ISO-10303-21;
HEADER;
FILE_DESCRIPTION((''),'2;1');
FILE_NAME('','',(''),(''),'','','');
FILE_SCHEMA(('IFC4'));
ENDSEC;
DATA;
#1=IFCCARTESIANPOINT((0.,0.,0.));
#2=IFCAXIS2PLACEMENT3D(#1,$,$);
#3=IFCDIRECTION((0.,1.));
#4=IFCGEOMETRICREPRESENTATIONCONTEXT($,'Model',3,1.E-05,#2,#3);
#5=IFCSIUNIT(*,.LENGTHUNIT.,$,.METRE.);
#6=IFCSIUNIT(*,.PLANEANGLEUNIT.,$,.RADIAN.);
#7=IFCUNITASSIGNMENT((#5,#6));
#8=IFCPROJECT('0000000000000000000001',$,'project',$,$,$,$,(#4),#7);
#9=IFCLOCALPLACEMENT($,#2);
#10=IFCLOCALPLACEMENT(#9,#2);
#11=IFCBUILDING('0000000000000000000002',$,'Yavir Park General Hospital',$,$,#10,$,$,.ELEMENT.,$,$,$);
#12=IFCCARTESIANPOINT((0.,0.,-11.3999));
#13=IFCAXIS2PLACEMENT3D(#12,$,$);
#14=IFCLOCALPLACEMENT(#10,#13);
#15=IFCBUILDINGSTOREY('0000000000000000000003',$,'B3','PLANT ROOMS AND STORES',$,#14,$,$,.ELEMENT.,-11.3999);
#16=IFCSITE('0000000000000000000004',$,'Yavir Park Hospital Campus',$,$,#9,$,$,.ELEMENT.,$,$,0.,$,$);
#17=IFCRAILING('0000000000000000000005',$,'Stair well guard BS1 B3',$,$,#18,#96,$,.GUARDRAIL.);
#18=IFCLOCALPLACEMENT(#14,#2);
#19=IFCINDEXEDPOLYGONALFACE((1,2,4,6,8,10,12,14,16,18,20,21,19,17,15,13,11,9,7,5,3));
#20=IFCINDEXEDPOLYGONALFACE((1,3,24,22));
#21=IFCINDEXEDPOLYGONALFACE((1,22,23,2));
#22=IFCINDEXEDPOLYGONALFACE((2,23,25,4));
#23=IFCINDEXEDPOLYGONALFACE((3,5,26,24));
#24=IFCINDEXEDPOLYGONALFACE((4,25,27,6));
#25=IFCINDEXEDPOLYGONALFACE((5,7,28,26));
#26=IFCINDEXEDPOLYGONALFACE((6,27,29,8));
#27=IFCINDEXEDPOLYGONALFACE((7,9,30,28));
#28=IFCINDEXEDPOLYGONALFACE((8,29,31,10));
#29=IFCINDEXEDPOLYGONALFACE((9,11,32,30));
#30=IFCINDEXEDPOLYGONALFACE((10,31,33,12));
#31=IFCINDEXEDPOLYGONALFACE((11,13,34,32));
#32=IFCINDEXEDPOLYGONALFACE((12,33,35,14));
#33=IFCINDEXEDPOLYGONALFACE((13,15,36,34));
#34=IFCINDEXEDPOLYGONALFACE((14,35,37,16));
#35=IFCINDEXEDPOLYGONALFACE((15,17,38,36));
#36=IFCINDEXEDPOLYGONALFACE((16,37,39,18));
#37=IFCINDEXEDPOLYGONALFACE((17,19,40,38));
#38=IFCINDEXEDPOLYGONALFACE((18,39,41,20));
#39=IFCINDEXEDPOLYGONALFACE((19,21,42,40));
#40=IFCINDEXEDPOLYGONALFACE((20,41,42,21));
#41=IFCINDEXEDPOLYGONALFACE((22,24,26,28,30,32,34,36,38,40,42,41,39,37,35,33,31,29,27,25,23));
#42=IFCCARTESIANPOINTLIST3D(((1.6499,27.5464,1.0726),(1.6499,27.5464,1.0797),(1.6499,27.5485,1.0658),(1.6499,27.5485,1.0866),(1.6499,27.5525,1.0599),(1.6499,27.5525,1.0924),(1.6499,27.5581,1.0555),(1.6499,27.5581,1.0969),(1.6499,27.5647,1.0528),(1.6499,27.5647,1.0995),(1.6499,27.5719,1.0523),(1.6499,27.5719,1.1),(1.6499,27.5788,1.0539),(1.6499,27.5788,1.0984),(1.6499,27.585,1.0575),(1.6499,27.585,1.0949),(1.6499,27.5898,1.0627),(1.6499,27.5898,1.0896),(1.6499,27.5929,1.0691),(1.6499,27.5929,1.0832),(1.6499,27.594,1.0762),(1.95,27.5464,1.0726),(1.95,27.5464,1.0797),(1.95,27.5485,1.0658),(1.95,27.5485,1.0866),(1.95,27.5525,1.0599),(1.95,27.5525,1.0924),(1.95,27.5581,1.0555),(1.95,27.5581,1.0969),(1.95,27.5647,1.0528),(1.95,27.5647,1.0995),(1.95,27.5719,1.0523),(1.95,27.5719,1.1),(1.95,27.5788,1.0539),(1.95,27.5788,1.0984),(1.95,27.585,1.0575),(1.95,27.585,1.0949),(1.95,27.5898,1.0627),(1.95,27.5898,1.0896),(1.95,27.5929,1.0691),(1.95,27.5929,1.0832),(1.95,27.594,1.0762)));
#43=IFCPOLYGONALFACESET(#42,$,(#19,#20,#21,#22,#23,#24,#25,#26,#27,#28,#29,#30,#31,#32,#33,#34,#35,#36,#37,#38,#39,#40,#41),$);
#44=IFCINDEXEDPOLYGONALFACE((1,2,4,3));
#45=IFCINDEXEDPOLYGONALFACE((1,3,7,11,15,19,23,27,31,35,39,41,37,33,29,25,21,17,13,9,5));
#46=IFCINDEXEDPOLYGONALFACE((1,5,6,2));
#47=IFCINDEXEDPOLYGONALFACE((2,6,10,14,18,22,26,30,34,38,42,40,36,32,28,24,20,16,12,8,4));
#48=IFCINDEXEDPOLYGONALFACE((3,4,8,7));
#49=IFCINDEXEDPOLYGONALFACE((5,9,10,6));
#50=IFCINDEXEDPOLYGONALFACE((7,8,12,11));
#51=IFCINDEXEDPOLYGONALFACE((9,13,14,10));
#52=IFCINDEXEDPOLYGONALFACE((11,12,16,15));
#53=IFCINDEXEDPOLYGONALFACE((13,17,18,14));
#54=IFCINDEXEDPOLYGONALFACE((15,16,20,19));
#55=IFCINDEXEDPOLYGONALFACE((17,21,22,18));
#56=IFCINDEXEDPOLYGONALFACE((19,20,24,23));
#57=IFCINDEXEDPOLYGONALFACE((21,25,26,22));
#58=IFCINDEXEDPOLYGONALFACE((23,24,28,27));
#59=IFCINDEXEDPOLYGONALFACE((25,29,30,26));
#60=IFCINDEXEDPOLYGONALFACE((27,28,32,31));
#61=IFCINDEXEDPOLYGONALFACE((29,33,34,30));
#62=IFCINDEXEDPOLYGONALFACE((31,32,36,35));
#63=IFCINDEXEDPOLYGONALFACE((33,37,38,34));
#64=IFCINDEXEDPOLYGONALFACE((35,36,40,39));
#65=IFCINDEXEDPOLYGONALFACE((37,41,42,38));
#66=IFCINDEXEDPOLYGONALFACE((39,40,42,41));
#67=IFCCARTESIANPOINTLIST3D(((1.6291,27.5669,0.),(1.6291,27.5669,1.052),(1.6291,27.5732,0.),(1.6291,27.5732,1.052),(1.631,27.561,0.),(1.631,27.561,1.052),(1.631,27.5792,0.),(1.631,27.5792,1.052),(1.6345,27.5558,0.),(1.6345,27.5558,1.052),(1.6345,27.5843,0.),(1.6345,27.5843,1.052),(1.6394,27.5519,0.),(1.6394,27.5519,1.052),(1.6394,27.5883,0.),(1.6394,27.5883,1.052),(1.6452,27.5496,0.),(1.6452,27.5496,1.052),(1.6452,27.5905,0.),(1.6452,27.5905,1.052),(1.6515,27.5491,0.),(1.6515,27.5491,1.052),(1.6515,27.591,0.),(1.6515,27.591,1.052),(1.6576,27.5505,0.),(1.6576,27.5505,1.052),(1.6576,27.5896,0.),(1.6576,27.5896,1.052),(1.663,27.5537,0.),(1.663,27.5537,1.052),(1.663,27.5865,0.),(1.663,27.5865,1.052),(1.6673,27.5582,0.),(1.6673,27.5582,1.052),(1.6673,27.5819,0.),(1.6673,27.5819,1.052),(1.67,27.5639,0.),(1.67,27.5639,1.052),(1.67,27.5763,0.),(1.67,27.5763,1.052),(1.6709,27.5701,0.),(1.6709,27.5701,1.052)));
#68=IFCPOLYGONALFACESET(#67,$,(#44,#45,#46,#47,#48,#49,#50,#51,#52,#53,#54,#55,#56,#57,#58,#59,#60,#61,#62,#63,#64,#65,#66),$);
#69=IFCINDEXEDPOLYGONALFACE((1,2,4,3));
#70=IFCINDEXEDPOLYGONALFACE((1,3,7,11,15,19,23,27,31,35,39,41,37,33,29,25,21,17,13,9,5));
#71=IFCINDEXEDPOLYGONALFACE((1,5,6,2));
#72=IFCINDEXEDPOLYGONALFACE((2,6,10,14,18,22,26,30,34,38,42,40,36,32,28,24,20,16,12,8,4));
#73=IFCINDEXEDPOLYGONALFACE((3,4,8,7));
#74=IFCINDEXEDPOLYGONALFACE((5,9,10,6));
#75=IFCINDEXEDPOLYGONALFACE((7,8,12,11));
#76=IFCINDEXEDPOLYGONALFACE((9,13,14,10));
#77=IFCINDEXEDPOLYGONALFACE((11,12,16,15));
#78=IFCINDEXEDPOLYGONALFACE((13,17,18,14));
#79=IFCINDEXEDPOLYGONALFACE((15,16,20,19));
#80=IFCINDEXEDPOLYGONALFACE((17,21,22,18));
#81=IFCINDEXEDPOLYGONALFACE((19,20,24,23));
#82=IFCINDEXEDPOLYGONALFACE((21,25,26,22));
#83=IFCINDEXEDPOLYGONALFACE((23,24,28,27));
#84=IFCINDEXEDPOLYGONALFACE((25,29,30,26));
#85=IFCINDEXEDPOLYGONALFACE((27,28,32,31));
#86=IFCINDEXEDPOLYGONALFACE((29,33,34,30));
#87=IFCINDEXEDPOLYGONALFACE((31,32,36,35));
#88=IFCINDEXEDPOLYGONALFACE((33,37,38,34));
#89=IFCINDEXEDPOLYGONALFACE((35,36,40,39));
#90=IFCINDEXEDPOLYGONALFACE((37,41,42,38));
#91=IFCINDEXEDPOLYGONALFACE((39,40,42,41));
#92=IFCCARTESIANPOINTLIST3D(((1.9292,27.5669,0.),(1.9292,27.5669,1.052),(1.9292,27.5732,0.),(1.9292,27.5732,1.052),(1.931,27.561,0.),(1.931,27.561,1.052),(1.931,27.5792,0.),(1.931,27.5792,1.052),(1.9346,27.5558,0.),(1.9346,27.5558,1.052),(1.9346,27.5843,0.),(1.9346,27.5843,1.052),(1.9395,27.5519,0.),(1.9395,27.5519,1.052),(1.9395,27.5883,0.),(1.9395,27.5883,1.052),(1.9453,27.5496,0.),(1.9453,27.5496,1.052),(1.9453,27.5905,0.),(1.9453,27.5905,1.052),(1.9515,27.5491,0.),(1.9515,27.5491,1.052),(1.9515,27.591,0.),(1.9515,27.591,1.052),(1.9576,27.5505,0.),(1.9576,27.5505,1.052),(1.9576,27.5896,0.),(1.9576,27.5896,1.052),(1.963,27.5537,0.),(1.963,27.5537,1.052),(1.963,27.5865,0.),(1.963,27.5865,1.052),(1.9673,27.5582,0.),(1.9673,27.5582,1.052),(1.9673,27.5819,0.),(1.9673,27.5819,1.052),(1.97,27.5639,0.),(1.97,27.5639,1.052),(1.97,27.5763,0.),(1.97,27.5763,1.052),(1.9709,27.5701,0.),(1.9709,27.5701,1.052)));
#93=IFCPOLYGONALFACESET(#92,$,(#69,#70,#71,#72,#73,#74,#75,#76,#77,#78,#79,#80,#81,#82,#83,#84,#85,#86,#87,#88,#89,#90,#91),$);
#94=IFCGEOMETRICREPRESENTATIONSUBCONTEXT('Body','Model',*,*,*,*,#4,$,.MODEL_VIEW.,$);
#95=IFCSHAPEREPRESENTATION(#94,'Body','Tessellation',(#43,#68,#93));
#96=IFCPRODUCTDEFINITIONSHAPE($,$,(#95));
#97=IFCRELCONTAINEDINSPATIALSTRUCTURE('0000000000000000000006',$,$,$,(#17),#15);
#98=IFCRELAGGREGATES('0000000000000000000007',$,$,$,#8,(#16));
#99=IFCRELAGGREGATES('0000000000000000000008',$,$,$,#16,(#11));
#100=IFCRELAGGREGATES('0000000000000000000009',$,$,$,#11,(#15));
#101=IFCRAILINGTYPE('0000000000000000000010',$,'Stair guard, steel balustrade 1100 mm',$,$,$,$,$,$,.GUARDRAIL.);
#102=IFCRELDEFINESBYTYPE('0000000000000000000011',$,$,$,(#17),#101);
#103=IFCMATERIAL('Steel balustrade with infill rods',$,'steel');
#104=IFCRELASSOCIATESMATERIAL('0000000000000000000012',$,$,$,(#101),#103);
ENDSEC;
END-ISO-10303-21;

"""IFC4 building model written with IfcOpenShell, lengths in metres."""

from ifc_helpers import new_model, si_unit, direction, frame, origin, origin_2d, place, context, subcontext, project, spatial, circle, extrude, material, type_object, element, save


model = new_model("IFC4")

# Units and contexts
model_context = context("Model", 3, precision=1e-05, world=origin(), true_north=direction((0.0, 1.0)))
body_context = subcontext(model_context, "Body", "Model", "MODEL_VIEW")
ifc_project = project(units=[si_unit("LENGTHUNIT", "METRE"), si_unit("PLANEANGLEUNIT", "RADIAN")], contexts=[model_context])

# Site, building, storey
site_placement = place(None, origin())
site = spatial("IfcSite", under=ifc_project, at=site_placement, Name="Yavir Park Hospital Campus", CompositionType="ELEMENT", RefElevation=0.0)
building_placement = place(site_placement, origin())
building = spatial("IfcBuilding", under=site, at=building_placement, Name="Yavir Park General Hospital", CompositionType="ELEMENT")
storey_placement = place(building_placement, frame((0.0, 0.0, -11.3999)))
storey = spatial("IfcBuildingStorey", under=building, at=storey_placement, Name="B3", Description="PLANT ROOMS AND STORES", CompositionType="ELEMENT", Elevation=-11.3999)

# Railing
ifc_material_1 = material(Name="Steel balustrade with infill rods", Category="steel")
railing_type_1 = type_object("IfcRailingType", Name="Stair guard, steel balustrade 1100 mm", PredefinedType="GUARDRAIL", material=ifc_material_1)
railing_placement = place(storey_placement, frame((1.6499, 27.5701, 0.0)))
element("IfcRailing", 1, at=railing_placement, inside=storey, type_object=railing_type_1, Name="Stair well guard BS1 B3", PredefinedType="GUARDRAIL", context=body_context, shape_type="SweptSolid", body=[
    extrude(circle(Radius=0.0239, at=origin_2d()), frame((0.0, 0.0, 1.0762), z_axis=(1.0, 0.0, 0.0), x_axis=(0.0, 1.0, 0.0)), (0.0, 0.0, 1.0), 0.3),
    extrude(circle(Radius=0.021, at=origin_2d()), origin(), (0.0, 0.0, 1.0), 1.052),
    extrude(circle(Radius=0.021, at=origin_2d()), frame((0.3, 0.0, 0.0)), (0.0, 0.0, 1.0), 1.052),
])

save(model, "model.ifc")
